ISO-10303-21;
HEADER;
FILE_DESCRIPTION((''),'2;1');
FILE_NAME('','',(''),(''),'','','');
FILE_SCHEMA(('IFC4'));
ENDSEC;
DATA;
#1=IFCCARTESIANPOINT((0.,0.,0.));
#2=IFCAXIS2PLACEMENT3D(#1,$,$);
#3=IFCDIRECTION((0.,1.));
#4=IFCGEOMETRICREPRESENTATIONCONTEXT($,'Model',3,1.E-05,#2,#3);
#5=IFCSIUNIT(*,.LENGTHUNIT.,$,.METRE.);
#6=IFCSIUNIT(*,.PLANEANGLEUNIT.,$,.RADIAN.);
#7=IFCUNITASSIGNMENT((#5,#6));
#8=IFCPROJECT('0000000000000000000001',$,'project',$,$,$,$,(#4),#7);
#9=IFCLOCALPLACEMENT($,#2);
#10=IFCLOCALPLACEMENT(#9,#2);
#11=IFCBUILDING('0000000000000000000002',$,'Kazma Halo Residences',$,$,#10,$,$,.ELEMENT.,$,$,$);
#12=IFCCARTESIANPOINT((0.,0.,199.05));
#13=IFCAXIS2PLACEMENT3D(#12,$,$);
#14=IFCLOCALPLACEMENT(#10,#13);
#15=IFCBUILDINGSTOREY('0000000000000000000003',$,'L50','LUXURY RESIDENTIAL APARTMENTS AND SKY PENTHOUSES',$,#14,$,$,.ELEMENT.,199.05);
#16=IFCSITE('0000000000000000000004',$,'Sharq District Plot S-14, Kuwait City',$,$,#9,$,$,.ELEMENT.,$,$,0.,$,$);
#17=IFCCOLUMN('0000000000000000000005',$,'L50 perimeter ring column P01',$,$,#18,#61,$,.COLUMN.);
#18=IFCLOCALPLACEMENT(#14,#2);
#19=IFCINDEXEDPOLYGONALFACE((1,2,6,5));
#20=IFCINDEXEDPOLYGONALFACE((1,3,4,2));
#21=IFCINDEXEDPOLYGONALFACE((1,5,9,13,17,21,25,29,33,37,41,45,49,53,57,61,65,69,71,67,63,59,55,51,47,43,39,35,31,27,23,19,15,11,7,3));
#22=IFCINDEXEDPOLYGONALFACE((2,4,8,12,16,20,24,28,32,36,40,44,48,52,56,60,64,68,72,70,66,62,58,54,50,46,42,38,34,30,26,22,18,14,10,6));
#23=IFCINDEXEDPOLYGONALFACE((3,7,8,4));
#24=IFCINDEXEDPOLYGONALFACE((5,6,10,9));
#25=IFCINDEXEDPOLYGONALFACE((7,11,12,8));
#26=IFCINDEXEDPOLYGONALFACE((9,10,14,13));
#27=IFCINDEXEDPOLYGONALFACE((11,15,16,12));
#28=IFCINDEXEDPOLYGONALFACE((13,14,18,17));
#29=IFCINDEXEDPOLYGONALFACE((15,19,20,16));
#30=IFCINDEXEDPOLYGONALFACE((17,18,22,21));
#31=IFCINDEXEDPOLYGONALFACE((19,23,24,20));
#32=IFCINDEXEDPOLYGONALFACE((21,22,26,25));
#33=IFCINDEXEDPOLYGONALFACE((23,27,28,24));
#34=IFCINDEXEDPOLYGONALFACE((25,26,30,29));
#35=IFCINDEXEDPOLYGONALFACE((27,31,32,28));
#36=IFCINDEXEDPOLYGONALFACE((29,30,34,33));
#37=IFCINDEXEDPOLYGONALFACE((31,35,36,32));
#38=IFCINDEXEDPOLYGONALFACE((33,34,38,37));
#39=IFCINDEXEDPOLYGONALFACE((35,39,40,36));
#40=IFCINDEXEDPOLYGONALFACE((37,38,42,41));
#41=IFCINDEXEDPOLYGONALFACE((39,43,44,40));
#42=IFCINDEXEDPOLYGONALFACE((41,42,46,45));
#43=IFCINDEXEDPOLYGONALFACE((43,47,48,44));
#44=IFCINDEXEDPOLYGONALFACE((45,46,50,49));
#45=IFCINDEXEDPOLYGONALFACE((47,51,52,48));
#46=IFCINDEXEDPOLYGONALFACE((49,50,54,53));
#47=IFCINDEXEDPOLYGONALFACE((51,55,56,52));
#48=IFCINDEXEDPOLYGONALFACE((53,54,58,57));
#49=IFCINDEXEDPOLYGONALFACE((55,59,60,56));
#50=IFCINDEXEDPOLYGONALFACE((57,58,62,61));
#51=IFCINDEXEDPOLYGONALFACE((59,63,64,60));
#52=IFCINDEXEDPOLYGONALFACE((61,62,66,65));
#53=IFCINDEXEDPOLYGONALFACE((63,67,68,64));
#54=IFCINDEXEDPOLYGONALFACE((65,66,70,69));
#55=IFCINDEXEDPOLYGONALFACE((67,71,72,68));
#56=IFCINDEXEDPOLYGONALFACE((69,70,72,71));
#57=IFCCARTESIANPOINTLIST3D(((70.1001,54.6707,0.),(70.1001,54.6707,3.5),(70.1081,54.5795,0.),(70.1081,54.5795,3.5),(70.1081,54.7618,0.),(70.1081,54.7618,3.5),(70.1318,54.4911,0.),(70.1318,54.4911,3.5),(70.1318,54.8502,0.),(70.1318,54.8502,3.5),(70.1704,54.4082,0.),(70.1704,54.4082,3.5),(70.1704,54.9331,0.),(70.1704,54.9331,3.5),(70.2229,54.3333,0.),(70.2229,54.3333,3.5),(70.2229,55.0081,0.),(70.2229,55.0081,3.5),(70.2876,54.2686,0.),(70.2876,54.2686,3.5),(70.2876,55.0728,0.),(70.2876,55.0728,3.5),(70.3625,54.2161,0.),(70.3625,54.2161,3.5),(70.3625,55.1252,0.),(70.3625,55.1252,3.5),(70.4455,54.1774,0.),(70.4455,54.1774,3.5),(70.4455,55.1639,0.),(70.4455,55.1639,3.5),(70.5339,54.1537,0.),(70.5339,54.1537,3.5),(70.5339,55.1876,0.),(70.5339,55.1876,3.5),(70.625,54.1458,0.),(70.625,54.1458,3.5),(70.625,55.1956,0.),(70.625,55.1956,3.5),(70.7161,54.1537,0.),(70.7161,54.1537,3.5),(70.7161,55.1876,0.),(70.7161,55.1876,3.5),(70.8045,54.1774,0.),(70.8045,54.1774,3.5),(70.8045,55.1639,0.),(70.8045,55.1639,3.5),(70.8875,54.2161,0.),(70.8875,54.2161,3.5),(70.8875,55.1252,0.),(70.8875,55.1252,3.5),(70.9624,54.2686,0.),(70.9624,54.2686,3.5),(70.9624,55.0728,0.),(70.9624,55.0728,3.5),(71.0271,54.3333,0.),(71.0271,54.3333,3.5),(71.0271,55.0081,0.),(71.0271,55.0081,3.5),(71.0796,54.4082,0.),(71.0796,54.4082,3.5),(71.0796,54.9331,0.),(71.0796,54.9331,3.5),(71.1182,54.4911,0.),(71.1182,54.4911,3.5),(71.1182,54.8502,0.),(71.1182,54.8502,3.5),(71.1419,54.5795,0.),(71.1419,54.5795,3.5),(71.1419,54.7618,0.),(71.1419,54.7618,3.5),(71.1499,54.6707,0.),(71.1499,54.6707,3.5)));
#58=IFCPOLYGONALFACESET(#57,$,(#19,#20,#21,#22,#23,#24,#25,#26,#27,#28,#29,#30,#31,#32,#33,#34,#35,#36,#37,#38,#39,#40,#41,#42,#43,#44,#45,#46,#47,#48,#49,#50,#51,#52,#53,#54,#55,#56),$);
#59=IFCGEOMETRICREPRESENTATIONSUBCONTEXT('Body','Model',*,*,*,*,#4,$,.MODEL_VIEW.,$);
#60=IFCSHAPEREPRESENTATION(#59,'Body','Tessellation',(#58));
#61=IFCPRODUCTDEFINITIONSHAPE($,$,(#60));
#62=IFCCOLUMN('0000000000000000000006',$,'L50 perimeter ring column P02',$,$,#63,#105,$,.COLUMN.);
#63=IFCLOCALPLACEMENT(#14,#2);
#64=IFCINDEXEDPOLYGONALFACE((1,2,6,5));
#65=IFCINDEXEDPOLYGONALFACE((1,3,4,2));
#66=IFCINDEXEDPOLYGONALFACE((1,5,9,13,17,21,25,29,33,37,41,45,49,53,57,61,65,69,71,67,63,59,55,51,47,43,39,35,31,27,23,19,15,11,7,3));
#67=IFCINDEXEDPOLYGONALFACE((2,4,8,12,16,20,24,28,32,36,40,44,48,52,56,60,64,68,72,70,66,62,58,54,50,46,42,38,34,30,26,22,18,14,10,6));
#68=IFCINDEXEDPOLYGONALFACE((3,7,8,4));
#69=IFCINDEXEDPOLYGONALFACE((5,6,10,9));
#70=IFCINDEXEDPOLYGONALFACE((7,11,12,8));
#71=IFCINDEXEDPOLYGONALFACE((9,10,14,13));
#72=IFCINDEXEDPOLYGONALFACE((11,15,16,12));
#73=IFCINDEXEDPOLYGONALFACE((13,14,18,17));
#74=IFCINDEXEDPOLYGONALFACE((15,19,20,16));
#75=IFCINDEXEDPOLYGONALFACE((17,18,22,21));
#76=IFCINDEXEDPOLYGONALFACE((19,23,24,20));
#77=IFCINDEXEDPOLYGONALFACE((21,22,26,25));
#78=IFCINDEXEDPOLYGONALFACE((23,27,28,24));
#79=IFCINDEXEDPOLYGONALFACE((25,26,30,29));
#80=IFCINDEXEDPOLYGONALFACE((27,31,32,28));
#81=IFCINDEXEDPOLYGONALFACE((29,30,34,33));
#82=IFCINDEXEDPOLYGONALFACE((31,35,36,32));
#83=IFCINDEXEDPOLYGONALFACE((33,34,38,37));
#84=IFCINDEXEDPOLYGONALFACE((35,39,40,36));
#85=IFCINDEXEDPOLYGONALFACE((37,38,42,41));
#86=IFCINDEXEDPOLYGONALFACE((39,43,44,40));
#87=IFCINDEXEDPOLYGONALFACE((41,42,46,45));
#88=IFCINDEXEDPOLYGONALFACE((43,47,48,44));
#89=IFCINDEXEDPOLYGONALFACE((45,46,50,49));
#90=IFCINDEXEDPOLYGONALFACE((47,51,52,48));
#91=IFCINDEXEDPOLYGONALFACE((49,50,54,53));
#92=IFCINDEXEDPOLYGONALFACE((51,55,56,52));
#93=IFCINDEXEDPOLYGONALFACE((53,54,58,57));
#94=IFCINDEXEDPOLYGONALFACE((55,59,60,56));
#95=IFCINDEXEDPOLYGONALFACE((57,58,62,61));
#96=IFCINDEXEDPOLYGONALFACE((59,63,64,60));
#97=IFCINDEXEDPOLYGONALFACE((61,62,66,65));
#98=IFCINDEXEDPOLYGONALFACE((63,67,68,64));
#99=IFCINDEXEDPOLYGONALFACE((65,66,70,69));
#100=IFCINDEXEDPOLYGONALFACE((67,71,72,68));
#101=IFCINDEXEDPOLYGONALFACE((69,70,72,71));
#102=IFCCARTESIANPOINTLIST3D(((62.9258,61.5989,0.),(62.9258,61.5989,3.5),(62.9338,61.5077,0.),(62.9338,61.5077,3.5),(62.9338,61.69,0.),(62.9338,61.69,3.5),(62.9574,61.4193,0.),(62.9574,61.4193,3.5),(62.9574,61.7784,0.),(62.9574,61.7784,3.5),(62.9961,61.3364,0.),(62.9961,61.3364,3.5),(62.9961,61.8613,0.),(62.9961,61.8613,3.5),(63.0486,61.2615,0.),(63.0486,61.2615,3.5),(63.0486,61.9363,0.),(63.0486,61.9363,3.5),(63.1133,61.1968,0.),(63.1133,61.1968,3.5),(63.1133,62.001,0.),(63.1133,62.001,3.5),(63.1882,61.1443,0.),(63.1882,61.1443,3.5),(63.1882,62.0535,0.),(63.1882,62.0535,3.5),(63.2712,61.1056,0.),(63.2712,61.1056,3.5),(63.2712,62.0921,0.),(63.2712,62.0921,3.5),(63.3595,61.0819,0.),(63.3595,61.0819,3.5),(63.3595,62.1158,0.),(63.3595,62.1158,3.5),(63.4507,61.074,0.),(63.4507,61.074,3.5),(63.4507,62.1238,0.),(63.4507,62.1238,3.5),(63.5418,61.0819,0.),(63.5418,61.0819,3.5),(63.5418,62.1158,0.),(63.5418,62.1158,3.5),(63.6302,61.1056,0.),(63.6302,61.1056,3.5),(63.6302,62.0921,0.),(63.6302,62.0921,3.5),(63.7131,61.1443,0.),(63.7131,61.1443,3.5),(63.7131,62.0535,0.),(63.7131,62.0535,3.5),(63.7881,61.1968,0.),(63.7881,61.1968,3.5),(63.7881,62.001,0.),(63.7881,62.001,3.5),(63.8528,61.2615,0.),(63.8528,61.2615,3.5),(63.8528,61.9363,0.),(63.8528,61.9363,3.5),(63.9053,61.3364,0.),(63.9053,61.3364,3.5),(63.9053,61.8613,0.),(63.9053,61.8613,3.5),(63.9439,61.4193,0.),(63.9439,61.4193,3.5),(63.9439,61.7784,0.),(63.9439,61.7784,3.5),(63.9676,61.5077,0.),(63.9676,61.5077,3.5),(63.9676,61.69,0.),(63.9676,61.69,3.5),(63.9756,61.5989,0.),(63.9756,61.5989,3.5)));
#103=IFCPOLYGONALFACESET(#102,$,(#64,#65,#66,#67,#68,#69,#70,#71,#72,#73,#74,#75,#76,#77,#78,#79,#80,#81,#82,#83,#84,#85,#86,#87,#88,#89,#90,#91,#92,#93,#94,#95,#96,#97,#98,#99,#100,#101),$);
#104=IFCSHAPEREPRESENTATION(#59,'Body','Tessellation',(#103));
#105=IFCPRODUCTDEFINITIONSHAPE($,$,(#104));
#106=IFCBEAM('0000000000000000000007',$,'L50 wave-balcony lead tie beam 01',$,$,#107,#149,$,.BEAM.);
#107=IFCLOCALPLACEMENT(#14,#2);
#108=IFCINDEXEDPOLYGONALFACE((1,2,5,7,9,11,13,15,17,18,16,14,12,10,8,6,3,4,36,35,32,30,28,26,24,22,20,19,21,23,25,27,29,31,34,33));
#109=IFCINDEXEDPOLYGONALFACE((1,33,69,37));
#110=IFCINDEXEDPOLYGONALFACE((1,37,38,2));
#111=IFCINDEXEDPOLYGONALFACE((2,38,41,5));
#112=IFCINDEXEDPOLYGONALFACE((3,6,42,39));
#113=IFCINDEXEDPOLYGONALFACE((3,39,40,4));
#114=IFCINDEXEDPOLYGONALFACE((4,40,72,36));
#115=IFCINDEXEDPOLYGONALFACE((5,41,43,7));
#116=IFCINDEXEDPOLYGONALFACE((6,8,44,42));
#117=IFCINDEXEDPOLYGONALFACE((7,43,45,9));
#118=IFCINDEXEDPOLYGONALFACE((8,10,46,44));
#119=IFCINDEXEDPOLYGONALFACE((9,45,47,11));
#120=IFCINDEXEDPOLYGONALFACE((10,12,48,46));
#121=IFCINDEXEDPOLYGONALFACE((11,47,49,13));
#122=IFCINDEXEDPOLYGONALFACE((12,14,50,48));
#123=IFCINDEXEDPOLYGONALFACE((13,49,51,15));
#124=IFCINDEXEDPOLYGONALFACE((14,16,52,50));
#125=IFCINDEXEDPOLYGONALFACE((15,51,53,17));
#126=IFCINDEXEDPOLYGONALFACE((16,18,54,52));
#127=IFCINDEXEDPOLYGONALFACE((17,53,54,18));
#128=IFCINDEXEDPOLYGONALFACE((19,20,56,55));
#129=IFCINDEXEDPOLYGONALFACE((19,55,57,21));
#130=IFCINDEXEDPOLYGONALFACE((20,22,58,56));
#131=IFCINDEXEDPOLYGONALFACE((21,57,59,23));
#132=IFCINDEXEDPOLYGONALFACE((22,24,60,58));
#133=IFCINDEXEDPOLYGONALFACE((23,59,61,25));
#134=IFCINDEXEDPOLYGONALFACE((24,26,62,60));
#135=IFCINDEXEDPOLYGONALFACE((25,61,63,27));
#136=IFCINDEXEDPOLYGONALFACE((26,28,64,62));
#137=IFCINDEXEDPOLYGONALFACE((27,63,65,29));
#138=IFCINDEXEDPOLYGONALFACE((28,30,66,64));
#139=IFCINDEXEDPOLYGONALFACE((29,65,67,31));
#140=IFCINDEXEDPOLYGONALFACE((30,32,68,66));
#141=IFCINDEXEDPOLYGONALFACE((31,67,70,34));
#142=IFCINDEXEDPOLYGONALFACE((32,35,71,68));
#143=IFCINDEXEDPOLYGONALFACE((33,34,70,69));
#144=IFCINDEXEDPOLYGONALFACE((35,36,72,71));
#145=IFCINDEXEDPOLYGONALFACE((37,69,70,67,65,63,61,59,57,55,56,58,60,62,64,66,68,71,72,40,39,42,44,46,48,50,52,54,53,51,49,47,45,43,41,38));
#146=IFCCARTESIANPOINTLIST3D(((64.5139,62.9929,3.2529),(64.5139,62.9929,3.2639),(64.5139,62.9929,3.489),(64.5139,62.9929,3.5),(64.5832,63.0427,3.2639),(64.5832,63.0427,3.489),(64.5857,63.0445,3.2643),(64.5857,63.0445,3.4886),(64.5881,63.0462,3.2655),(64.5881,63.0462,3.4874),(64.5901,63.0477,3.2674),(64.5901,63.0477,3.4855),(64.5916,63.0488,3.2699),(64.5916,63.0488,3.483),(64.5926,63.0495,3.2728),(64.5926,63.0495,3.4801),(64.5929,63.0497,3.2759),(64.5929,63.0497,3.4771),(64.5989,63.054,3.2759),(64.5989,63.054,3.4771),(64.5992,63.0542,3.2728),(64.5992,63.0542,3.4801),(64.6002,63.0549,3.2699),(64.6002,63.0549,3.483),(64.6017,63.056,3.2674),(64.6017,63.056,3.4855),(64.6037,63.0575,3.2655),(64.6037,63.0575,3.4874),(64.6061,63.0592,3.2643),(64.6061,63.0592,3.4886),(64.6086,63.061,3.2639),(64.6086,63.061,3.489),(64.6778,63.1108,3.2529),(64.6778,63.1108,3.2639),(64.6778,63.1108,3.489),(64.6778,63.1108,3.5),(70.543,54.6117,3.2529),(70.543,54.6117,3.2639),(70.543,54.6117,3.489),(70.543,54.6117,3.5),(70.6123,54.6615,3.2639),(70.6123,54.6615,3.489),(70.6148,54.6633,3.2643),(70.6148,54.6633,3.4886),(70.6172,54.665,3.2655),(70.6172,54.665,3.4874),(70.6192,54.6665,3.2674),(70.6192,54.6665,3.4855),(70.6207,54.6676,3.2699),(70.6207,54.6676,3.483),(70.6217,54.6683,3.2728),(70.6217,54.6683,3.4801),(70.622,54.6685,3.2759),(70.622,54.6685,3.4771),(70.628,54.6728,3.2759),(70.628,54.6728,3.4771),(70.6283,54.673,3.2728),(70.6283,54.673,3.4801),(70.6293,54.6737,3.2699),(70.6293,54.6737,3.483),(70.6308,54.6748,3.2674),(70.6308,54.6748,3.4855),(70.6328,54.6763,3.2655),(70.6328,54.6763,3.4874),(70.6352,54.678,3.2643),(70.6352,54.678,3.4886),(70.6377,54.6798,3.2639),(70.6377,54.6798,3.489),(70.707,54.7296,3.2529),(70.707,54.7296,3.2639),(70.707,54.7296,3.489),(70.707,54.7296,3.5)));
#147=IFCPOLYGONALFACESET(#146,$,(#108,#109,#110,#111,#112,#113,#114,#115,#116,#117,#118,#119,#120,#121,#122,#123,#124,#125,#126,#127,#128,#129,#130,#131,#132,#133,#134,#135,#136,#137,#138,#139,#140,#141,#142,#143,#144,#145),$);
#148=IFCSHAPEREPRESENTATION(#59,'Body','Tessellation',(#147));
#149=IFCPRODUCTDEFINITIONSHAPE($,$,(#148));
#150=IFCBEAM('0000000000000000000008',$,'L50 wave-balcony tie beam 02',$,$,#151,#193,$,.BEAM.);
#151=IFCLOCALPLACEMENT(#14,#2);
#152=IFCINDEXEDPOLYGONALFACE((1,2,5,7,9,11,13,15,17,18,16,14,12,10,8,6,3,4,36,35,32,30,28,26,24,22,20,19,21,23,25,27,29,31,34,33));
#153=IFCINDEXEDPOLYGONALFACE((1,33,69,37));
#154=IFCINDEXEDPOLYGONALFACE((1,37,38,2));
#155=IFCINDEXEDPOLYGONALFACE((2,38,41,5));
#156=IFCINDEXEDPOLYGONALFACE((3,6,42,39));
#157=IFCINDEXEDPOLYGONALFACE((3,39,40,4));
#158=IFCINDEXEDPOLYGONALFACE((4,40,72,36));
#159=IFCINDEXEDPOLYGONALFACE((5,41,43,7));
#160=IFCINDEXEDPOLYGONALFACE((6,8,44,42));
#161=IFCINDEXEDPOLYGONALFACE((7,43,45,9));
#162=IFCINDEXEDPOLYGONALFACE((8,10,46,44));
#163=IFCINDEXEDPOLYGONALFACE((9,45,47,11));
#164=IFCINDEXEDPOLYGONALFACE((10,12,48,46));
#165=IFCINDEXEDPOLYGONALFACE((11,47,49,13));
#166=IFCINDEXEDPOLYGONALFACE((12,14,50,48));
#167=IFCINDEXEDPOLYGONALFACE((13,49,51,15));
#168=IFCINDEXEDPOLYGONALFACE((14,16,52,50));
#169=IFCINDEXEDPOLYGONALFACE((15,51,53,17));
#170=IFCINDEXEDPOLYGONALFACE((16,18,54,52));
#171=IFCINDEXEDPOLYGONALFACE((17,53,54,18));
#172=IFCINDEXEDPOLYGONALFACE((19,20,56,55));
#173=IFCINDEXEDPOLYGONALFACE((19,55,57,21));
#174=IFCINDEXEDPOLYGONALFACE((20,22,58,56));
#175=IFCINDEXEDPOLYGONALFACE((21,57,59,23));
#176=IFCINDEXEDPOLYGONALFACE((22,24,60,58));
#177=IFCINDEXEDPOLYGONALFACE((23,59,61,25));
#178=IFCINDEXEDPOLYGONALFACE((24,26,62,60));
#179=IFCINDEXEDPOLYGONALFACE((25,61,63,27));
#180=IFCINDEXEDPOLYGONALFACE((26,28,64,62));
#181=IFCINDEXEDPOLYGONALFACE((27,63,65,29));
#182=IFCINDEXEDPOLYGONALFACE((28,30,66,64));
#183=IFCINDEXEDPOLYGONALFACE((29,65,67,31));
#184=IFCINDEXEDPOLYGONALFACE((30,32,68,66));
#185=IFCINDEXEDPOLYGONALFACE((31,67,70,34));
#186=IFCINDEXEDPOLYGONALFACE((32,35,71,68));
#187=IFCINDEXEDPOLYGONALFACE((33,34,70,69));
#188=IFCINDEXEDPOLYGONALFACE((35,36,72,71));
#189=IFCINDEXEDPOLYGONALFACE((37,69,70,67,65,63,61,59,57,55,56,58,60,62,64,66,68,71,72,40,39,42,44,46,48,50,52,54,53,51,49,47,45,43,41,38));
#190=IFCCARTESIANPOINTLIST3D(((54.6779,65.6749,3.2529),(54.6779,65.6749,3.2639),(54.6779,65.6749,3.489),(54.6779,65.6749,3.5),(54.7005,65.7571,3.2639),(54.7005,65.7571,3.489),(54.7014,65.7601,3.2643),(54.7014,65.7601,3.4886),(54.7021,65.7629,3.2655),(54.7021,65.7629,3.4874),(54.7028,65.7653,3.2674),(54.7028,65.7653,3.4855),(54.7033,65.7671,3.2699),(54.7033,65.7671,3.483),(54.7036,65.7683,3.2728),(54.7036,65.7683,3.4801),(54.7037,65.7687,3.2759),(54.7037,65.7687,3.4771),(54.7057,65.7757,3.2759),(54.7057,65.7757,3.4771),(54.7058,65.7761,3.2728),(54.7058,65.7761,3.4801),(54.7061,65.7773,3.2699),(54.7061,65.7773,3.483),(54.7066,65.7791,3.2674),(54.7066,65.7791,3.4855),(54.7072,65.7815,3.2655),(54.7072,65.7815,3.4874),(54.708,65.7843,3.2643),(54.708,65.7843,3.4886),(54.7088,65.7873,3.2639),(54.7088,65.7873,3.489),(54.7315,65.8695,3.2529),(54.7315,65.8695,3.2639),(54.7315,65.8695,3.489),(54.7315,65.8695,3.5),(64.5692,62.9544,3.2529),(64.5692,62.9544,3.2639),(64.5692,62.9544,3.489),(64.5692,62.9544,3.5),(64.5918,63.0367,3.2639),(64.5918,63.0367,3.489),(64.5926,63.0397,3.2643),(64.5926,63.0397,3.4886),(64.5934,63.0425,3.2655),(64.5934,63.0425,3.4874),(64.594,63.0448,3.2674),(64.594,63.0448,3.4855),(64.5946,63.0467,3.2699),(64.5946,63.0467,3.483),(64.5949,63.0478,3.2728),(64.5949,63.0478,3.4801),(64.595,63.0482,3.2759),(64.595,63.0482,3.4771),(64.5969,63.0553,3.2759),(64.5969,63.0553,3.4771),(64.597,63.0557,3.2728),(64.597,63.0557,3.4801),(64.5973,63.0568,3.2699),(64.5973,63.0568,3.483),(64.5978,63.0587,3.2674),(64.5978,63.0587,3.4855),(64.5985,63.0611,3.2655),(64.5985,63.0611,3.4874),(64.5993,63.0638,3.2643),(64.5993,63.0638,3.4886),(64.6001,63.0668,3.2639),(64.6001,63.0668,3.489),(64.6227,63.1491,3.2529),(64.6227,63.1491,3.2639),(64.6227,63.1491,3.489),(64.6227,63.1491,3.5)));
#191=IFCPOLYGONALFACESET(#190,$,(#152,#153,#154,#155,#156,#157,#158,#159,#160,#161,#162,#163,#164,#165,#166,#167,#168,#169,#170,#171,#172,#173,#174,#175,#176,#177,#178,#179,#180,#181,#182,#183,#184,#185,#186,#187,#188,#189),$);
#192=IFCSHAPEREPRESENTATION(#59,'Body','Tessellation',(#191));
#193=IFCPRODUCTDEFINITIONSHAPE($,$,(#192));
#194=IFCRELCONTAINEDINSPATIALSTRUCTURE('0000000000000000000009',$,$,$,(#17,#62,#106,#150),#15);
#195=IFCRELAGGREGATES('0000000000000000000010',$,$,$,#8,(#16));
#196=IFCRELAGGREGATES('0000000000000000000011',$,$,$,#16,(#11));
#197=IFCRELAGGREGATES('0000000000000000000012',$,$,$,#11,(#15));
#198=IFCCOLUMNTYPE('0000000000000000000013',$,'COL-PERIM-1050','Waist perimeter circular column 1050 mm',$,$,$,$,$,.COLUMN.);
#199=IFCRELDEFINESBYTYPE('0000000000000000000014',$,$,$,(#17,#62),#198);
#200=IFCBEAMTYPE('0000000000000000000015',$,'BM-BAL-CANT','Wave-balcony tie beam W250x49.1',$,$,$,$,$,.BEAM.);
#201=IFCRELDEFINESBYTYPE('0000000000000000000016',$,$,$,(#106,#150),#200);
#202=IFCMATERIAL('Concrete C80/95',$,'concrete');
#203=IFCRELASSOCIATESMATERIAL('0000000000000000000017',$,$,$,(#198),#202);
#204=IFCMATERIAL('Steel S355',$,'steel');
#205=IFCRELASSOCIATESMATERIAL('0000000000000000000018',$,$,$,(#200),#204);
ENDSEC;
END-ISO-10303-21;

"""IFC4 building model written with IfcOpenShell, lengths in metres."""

from ifc_helpers import new_model, si_unit, direction, frame, origin, origin_2d, place, context, subcontext, project, spatial, circle, i_section, extrude, material, material_profile, profile_set, type_object, element, save


model = new_model("IFC4")

# Units and contexts
model_context = context("Model", 3, precision=1e-05, world=origin(), true_north=direction((0.0, 1.0)))
body_context = subcontext(model_context, "Body", "Model", "MODEL_VIEW")
ifc_project = project(units=[si_unit("LENGTHUNIT", "METRE"), si_unit("PLANEANGLEUNIT", "RADIAN")], contexts=[model_context])

# Site, building, storey
site_placement = place(None, origin())
site = spatial("IfcSite", under=ifc_project, at=site_placement, Name="Sharq District Plot S-14, Kuwait City", CompositionType="ELEMENT", RefElevation=0.0)
building_placement = place(site_placement, origin())
building = spatial("IfcBuilding", under=site, at=building_placement, Name="Kazma Halo Residences", CompositionType="ELEMENT")
storey_placement = place(building_placement, frame((0.0, 0.0, 199.05)))
storey = spatial("IfcBuildingStorey", under=building, at=storey_placement, Name="L50", Description="LUXURY RESIDENTIAL APARTMENTS AND SKY PENTHOUSES", CompositionType="ELEMENT", Elevation=199.05)

# Columns
ifc_material_1 = material(Name="Concrete C80/95", Category="concrete")
ifc_material_profile_1 = material_profile(ifc_material_1, circle(Radius=0.5249, at=origin_2d()), Name="CIRC1050")
ifc_profile_set_1 = profile_set([ifc_material_profile_1], Name="Concrete C80/95")
column_type = type_object("IfcColumnType", Name="COL-PERIM-1050", Description="Waist perimeter circular column 1050 mm", PredefinedType="COLUMN", material=ifc_profile_set_1)
for number, where, z_axis, x_axis, name in (
    (1, (70.625, 54.6707, 0.0), (0.0, 0.0, 1.0), (1.0, 0.0, 0.0), "L50 perimeter ring column P01"),
    (2, (63.4507, 61.5989, 0.0), (0.0, 0.0, 1.0), (1.0, 0.0, 0.0), "L50 perimeter ring column P02"),
):
    element("IfcColumn", number, at=place(storey_placement, frame(where, z_axis=z_axis, x_axis=x_axis)), inside=storey, type_object=column_type, Name=name, PredefinedType="COLUMN", context=body_context, shape_type="SweptSolid", body=[
        extrude(circle(Radius=0.5249, at=origin_2d()), origin(), (0.0, 0.0, 1.0), 3.5),
    ])

# Beams
ifc_material_2 = material(Name="Steel S355", Category="steel")
ifc_material_profile_2 = material_profile(ifc_material_2, i_section(OverallWidth=0.2019, OverallDepth=0.2471, WebThickness=0.0073, FlangeThickness=0.011, FilletRadius=0.012, at=origin_2d()), Name="W250x49.1")
ifc_profile_set_2 = profile_set([ifc_material_profile_2], Name="Steel S355")
beam_type_1 = type_object("IfcBeamType", Name="BM-BAL-CANT", Description="Wave-balcony tie beam W250x49.1", PredefinedType="BEAM", material=ifc_profile_set_2)
beam_1_placement = place(storey_placement, frame((70.625, 54.6707, 3.3765), z_axis=(-0.583964, 0.81178, 0.0), x_axis=(-0.81178, -0.583964, 0.0)))
element("IfcBeam", 3, at=beam_1_placement, inside=storey, type_object=beam_type_1, Name="L50 wave-balcony lead tie beam 01", PredefinedType="BEAM", context=body_context, shape_type="SweptSolid", body=[
    extrude(i_section(OverallWidth=0.2019, OverallDepth=0.2471, WebThickness=0.0073, FlangeThickness=0.011, FilletRadius=0.012, at=origin_2d()), origin(), (0.0, 0.0, 1.0), 10.3245),
])
beam_2_placement = place(storey_placement, frame((64.5959, 63.0518, 3.3765), z_axis=(-0.964197, 0.265187, 0.0), x_axis=(-0.265187, -0.964197, 0.0)))
element("IfcBeam", 4, at=beam_2_placement, inside=storey, type_object=beam_type_1, Name="L50 wave-balcony tie beam 02", PredefinedType="BEAM", context=body_context, shape_type="SweptSolid", body=[
    extrude(i_section(OverallWidth=0.2019, OverallDepth=0.2471, WebThickness=0.0073, FlangeThickness=0.011, FilletRadius=0.012, at=origin_2d()), origin(), (0.0, 0.0, 1.0), 10.2585),
])

save(model, "model.ifc")
